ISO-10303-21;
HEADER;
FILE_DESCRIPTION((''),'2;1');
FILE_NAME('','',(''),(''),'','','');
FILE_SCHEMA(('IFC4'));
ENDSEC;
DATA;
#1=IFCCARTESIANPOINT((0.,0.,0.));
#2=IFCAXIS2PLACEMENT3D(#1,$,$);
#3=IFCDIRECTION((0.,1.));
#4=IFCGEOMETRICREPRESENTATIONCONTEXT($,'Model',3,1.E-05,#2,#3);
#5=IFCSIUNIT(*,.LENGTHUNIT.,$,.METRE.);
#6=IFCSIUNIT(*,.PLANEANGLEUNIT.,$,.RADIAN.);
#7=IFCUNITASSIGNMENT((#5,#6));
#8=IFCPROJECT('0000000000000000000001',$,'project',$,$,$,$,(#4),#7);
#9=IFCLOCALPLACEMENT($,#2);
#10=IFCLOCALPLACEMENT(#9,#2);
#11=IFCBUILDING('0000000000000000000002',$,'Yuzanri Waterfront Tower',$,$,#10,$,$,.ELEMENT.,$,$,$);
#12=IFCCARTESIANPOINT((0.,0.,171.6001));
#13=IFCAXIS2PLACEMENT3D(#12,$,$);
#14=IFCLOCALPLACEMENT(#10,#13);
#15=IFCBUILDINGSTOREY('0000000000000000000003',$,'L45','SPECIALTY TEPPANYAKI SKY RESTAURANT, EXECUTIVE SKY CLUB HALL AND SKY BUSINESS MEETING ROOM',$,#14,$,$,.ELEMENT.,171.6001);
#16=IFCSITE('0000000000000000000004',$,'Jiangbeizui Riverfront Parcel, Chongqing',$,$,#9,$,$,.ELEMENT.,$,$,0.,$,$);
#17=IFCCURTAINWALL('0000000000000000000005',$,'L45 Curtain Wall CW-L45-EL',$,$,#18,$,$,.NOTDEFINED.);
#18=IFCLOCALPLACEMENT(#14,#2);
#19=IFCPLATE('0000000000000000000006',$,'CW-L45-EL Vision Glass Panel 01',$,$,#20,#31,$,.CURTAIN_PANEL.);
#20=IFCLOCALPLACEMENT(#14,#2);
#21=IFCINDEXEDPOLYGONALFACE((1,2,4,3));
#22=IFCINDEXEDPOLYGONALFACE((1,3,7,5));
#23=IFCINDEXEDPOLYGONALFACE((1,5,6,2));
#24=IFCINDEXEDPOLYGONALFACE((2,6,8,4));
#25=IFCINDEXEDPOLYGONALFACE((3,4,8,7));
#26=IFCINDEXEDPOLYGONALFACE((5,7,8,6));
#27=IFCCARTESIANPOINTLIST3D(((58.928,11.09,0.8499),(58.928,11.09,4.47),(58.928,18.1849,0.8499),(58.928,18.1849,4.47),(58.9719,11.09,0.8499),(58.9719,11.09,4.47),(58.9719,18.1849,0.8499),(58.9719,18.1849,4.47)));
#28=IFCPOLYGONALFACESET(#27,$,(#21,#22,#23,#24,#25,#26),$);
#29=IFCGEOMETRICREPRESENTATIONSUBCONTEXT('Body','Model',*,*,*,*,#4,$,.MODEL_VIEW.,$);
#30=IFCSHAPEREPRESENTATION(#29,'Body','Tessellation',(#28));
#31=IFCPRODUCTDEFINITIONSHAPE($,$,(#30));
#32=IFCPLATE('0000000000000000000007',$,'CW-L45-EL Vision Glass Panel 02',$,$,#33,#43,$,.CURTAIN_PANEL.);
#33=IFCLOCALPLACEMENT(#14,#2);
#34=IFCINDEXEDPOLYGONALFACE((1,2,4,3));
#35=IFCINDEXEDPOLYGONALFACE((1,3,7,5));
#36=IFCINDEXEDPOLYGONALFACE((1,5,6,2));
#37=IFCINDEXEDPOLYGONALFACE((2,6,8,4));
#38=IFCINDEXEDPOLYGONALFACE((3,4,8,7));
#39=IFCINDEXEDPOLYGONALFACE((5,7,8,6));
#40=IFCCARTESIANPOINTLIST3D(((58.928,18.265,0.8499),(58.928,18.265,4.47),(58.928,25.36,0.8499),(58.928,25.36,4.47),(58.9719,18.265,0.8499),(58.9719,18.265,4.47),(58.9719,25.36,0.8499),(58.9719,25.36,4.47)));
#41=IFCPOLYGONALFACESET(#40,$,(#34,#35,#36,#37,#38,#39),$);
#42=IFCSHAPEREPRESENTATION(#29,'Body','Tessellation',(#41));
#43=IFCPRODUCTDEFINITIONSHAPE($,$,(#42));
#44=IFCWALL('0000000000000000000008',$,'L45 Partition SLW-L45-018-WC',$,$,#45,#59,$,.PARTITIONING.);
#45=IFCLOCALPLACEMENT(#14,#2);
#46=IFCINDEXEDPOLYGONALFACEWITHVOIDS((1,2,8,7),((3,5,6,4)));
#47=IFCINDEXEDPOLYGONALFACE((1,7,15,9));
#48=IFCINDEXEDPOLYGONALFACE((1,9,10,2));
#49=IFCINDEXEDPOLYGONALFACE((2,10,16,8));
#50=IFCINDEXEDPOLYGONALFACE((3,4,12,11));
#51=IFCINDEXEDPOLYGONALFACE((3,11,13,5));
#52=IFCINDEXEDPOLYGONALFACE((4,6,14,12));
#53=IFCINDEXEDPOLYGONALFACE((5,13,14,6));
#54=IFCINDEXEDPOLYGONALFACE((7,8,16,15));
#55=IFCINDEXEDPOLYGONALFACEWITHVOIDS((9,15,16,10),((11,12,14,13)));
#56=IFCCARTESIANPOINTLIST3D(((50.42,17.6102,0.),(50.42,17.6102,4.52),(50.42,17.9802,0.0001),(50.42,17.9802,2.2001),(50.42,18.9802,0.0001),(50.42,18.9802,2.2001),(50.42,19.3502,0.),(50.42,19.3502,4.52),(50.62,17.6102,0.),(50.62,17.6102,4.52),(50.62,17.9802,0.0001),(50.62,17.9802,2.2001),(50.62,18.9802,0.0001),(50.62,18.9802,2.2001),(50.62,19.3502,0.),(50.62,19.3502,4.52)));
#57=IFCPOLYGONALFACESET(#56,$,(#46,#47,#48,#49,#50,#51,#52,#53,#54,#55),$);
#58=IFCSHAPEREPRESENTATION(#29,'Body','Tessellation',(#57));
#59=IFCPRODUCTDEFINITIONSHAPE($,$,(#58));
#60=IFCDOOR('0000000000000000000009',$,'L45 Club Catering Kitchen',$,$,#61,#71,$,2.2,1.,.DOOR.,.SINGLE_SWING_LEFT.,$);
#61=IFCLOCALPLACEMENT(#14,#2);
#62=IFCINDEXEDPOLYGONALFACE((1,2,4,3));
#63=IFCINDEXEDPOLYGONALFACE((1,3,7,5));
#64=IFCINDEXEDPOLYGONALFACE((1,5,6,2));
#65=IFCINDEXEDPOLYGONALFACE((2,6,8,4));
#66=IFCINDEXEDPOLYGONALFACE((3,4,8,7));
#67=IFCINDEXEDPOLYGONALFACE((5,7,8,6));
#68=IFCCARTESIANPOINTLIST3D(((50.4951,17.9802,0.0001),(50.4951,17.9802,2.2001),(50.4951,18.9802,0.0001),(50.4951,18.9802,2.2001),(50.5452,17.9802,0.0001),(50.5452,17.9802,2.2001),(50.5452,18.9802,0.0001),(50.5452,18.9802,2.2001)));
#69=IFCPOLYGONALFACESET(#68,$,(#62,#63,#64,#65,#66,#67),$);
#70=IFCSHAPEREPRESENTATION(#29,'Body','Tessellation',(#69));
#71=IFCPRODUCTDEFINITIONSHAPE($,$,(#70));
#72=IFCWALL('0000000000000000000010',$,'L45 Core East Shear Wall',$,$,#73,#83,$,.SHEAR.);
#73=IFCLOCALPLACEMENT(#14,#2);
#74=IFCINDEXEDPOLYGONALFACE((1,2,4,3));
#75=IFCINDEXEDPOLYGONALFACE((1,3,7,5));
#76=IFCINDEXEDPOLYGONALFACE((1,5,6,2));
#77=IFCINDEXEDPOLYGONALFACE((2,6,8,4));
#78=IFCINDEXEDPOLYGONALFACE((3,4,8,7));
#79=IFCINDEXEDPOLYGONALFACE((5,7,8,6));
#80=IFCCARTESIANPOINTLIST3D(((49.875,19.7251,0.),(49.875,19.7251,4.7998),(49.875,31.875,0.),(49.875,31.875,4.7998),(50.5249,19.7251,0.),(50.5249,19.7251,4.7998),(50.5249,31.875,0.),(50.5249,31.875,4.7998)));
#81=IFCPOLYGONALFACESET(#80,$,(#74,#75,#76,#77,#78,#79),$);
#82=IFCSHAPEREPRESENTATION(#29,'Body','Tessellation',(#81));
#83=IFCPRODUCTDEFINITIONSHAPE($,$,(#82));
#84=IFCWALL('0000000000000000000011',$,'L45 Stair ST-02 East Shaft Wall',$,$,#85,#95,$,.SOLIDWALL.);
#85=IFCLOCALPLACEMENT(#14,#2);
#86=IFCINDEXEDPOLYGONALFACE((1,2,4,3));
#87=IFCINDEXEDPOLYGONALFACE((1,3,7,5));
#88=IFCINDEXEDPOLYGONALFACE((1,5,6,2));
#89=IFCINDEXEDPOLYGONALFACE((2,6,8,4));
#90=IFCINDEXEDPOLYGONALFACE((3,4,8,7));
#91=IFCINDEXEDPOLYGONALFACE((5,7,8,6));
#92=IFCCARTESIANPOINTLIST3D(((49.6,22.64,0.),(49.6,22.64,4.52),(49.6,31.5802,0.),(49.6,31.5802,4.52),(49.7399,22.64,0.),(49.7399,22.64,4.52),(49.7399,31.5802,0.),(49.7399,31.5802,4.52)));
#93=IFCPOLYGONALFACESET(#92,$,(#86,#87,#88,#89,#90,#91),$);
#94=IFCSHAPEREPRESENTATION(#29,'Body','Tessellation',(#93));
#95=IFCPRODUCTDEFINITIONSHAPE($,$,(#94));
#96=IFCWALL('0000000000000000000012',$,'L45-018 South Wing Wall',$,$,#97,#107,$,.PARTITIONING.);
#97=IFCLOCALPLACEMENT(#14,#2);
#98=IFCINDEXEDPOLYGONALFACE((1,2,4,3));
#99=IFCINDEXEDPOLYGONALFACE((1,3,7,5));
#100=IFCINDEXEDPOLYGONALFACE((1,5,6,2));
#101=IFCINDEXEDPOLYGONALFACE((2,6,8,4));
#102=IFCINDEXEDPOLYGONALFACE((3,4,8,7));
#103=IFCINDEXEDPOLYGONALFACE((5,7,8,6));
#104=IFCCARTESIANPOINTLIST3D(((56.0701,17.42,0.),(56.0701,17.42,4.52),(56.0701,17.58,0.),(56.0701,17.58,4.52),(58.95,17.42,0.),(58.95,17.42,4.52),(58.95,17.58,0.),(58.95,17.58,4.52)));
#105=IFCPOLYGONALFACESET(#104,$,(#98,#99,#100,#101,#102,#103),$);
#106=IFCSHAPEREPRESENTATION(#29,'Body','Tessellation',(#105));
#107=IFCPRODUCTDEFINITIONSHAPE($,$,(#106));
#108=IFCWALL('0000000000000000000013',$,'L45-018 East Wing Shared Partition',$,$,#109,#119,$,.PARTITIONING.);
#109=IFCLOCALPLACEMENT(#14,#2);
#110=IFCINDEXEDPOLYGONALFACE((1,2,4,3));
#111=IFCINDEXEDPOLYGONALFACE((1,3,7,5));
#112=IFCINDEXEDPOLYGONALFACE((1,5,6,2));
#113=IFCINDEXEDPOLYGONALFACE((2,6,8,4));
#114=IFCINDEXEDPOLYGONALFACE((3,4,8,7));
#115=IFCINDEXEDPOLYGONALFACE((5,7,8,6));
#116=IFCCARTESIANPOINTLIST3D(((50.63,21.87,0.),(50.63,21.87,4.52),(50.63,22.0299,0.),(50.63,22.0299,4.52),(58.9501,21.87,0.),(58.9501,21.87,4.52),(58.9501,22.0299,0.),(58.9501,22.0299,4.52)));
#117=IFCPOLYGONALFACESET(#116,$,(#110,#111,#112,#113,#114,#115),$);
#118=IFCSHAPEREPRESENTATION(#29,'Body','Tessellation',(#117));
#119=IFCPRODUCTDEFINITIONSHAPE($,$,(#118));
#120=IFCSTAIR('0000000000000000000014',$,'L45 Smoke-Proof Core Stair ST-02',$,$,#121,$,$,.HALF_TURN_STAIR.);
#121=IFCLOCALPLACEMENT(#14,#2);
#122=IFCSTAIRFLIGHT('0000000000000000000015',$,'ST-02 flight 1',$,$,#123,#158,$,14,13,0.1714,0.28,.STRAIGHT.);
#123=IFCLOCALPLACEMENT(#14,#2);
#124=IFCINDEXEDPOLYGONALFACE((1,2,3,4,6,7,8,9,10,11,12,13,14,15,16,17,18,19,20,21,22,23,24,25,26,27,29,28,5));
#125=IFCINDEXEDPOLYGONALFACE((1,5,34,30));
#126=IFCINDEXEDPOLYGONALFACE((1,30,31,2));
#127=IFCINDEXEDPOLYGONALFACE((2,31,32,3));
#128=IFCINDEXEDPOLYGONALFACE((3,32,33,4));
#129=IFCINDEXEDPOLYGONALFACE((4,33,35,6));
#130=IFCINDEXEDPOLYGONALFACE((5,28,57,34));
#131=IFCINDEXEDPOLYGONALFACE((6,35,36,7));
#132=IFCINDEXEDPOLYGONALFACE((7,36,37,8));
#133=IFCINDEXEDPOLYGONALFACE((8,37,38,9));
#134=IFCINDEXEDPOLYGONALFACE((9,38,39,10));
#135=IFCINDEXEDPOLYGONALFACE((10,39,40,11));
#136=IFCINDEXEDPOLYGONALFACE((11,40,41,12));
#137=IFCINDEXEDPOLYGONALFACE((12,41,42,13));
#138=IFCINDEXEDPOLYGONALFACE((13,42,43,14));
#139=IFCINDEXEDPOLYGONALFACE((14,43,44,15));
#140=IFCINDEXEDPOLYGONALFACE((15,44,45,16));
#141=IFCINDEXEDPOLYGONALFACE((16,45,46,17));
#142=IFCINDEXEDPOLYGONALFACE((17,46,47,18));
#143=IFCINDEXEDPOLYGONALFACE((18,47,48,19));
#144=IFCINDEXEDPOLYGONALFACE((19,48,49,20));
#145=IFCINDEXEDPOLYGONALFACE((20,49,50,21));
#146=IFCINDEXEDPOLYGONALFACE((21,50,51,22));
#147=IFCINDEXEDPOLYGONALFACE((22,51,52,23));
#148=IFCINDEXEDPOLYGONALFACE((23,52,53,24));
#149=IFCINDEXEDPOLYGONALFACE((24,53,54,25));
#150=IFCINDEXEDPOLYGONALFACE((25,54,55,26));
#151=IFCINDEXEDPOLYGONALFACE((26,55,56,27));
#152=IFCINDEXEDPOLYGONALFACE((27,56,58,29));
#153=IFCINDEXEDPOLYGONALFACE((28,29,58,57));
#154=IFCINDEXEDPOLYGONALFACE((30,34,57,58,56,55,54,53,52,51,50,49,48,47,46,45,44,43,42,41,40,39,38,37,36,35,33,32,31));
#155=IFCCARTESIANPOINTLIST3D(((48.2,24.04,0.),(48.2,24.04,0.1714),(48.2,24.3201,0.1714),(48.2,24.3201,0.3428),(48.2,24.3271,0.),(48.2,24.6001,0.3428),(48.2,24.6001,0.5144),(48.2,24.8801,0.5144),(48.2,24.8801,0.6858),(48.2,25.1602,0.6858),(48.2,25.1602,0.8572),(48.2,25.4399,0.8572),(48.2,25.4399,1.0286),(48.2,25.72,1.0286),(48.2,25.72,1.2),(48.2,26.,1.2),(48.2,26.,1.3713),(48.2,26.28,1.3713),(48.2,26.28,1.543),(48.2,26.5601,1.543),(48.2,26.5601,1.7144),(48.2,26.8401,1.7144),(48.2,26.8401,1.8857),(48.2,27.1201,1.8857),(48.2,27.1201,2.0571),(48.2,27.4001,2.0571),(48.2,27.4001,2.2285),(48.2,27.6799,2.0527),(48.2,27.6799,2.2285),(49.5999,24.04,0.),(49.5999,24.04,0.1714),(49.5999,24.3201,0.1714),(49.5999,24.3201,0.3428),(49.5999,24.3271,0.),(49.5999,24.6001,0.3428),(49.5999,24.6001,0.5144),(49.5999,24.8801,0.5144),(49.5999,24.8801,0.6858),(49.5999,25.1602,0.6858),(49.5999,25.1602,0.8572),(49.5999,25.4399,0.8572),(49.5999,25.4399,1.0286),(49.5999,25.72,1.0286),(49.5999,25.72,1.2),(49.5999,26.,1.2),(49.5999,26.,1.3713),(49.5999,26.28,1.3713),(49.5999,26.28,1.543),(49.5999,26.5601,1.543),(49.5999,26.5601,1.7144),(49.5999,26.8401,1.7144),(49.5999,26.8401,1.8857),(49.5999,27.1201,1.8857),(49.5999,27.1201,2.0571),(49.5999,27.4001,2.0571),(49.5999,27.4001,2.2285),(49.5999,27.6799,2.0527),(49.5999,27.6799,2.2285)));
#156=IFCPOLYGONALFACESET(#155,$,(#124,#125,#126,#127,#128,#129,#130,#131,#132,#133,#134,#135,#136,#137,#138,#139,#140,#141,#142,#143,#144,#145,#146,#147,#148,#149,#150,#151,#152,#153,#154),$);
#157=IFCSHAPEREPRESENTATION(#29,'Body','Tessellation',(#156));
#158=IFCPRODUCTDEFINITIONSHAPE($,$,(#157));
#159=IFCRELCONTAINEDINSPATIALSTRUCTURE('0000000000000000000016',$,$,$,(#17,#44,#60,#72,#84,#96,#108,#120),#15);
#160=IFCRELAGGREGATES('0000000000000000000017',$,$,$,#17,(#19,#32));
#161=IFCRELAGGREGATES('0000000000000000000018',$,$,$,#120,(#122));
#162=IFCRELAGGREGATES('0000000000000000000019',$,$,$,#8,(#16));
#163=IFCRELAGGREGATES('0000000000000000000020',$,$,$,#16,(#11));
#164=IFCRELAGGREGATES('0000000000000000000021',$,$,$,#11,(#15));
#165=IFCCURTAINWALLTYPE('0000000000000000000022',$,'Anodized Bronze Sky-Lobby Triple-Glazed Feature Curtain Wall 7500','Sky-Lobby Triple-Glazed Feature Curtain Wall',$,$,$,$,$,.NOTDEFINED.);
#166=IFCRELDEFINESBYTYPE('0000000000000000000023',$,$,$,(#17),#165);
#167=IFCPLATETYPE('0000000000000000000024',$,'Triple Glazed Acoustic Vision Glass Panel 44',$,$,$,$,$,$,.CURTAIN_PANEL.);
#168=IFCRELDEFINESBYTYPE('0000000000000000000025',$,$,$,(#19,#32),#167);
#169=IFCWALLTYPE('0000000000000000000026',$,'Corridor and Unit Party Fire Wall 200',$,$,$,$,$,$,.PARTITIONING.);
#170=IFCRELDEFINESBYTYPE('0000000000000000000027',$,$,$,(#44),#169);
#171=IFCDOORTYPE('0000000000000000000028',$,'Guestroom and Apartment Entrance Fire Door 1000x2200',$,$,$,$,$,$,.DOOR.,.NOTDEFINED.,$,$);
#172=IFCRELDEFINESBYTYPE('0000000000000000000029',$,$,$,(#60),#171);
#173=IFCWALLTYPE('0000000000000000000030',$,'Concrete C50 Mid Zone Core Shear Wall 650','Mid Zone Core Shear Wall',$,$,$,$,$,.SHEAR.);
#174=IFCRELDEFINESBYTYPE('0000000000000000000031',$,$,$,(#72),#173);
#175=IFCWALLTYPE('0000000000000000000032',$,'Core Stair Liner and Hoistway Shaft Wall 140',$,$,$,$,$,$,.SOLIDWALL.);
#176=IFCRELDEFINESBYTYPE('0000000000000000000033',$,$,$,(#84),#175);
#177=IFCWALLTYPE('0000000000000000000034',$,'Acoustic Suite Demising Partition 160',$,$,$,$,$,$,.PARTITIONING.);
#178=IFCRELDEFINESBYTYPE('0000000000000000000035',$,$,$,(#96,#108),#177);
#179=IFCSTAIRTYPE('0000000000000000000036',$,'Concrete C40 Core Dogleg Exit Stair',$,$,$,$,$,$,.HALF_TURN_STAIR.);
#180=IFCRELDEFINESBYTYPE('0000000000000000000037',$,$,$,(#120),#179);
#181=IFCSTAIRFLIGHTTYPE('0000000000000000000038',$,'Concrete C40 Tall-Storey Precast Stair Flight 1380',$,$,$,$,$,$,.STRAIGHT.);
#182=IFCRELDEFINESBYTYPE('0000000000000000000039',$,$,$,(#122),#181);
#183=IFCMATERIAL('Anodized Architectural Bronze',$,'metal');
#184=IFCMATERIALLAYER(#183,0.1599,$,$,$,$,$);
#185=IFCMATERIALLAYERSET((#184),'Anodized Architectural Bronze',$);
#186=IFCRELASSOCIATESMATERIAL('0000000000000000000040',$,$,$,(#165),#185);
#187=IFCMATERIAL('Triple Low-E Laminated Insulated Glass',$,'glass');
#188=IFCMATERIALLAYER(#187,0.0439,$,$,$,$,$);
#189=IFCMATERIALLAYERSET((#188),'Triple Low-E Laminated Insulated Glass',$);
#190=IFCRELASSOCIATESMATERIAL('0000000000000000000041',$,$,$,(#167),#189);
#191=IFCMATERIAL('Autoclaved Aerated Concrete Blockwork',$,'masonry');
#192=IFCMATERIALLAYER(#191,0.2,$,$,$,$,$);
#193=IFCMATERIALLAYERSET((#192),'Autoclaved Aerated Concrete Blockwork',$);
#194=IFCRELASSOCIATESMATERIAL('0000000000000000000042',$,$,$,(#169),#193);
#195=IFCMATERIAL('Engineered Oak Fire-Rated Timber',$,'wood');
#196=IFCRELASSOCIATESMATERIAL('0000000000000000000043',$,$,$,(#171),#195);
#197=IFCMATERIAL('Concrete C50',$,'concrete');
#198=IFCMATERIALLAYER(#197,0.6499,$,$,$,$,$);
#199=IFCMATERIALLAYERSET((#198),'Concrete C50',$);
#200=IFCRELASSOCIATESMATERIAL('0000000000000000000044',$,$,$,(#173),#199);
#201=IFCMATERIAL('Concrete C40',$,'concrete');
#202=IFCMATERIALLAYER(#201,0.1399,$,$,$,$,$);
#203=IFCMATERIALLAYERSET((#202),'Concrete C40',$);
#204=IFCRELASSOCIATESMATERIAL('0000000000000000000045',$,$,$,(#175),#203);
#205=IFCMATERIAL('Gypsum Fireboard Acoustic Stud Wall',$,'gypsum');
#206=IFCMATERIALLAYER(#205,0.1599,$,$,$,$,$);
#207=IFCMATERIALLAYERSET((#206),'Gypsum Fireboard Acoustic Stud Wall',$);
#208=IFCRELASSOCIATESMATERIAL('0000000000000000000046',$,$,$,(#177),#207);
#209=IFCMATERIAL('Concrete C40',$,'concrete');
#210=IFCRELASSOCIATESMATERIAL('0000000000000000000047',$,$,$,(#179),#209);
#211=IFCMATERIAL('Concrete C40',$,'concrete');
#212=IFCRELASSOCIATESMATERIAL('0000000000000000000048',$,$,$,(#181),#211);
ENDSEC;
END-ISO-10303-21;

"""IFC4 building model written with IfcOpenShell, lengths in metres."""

from ifc_helpers import new_model, si_unit, direction, frame, frame_2d, origin, origin_2d, place, context, subcontext, project, spatial, polyline, rectangle, outline, extrude, source, transform, mapped, material, layer, layer_set, type_object, element, fill, aggregate, save


model = new_model("IFC4")

# Units and contexts
model_context = context("Model", 3, precision=1e-05, world=origin(), true_north=direction((0.0, 1.0)))
body_context = subcontext(model_context, "Body", "Model", "MODEL_VIEW")
ifc_project = project(units=[si_unit("LENGTHUNIT", "METRE"), si_unit("PLANEANGLEUNIT", "RADIAN")], contexts=[model_context])

# Site, building, storey
site_placement = place(None, origin())
site = spatial("IfcSite", under=ifc_project, at=site_placement, Name="Jiangbeizui Riverfront Parcel, Chongqing", CompositionType="ELEMENT", RefElevation=0.0)
building_placement = place(site_placement, origin())
building = spatial("IfcBuilding", under=site, at=building_placement, Name="Yuzanri Waterfront Tower", CompositionType="ELEMENT")
storey_placement = place(building_placement, frame((0.0, 0.0, 171.6001)))
storey = spatial("IfcBuildingStorey", under=building, at=storey_placement, Name="L45", Description="SPECIALTY TEPPANYAKI SKY RESTAURANT, EXECUTIVE SKY CLUB HALL AND SKY BUSINESS MEETING ROOM", CompositionType="ELEMENT", Elevation=171.6001)

# Curtain wall, plates
ifc_material_1 = material(Name="Anodized Architectural Bronze", Category="metal")
ifc_layer_1 = layer(ifc_material_1, 0.1599)
ifc_layer_set_1 = layer_set([ifc_layer_1], Name="Anodized Architectural Bronze")
curtain_wall_type = type_object("IfcCurtainWallType", Name="Anodized Bronze Sky-Lobby Triple-Glazed Feature Curtain Wall 7500", Description="Sky-Lobby Triple-Glazed Feature Curtain Wall", PredefinedType="NOTDEFINED", material=ifc_layer_set_1)
curtain_wall_placement = place(storey_placement, origin())
curtain_wall = element("IfcCurtainWall", 1, at=curtain_wall_placement, inside=storey, type_object=curtain_wall_type, Name="L45 Curtain Wall CW-L45-EL", PredefinedType="NOTDEFINED")
ifc_material_2 = material(Name="Triple Low-E Laminated Insulated Glass", Category="glass")
ifc_layer_2 = layer(ifc_material_2, 0.0439)
ifc_layer_set_2 = layer_set([ifc_layer_2], Name="Triple Low-E Laminated Insulated Glass")
plate_type_1 = type_object("IfcPlateType", Name="Triple Glazed Acoustic Vision Glass Panel 44", PredefinedType="CURTAIN_PANEL", material=ifc_layer_set_2)
shared_shape_1 = source(origin(), body_context, "Body", "SweptSolid", [
    extrude(rectangle(XDim=7.095, YDim=0.0439, at=origin_2d()), origin(), (0.0, 0.0, 1.0), 3.6201),
])
plate_1_placement = place(storey_placement, frame((58.95, 14.6375, 0.8499), z_axis=(0.0, 0.0, 1.0), x_axis=(0.0, 1.0, 0.0)))
plate_1 = element("IfcPlate", 2, at=plate_1_placement, type_object=plate_type_1, Name="CW-L45-EL Vision Glass Panel 01", PredefinedType="CURTAIN_PANEL", context=body_context, shape_type="MappedRepresentation", body=[
    mapped(shared_shape_1, transform((0.0, 0.0, 0.0), scale=1.0)),
])
plate_2_placement = place(storey_placement, frame((58.95, 21.8125, 0.8499), z_axis=(0.0, 0.0, 1.0), x_axis=(0.0, 1.0, 0.0)))
plate_2 = element("IfcPlate", 3, at=plate_2_placement, type_object=plate_type_1, Name="CW-L45-EL Vision Glass Panel 02", PredefinedType="CURTAIN_PANEL", context=body_context, shape_type="MappedRepresentation", body=[
    mapped(shared_shape_1, transform((0.0, 0.0, 0.0), scale=1.0)),
])
aggregate(curtain_wall, [plate_1, plate_2])

# Wall, opening, door
ifc_material_3 = material(Name="Autoclaved Aerated Concrete Blockwork", Category="masonry")
ifc_layer_3 = layer(ifc_material_3, 0.2)
ifc_layer_set_3 = layer_set([ifc_layer_3], Name="Autoclaved Aerated Concrete Blockwork")
wall_type_1 = type_object("IfcWallType", Name="Corridor and Unit Party Fire Wall 200", PredefinedType="PARTITIONING", material=ifc_layer_set_3)
wall_1_placement = place(storey_placement, frame((50.52, 17.6101, 0.0), z_axis=(0.0, 0.0, 1.0), x_axis=(0.0, 1.0, 0.0)))
wall_1 = element("IfcWall", 4, at=wall_1_placement, inside=storey, type_object=wall_type_1, Name="L45 Partition SLW-L45-018-WC", PredefinedType="PARTITIONING", context=body_context, shape_type="SweptSolid", body=[
    extrude(rectangle(XDim=1.74, YDim=0.2, at=frame_2d((0.8701, 0.0))), origin(), (0.0, 0.0, 1.0), 4.52),
])
opening_placement = place(wall_1_placement, frame((0.3701, 0.0, 0.0)))
opening = element("IfcOpeningElement", 5, at=opening_placement, cuts=wall_1, PredefinedType="OPENING", context=body_context, shape_type="SweptSolid", body=[
    extrude(rectangle(XDim=1.0, YDim=2.2, at=frame_2d((0.5, 1.1001))), frame((0.0, 0.1147, 0.0), z_axis=(0.0, -1.0, 0.0), x_axis=(1.0, 0.0, 0.0)), (0.0, 0.0, 1.0), 0.2297),
])
ifc_material_4 = material(Name="Engineered Oak Fire-Rated Timber", Category="wood")
door_type = type_object("IfcDoorType", Name="Guestroom and Apartment Entrance Fire Door 1000x2200", OperationType="NOTDEFINED", PredefinedType="DOOR", material=ifc_material_4)
shared_shape_2 = source(origin(), body_context, "Body", "SweptSolid", [
    extrude(rectangle(XDim=1.0, YDim=2.2, at=frame_2d((0.5, 1.1001))), frame((0.0, 0.0249, 0.0), z_axis=(0.0, -1.0, 0.0), x_axis=(1.0, 0.0, 0.0)), (0.0, 0.0, 1.0), 0.05),
])
door_placement = place(opening_placement, origin())
door = element("IfcDoor", 6, at=door_placement, inside=storey, type_object=door_type, Name="L45 Club Catering Kitchen", OperationType="SINGLE_SWING_LEFT", OverallHeight=2.2, OverallWidth=1.0, PredefinedType="DOOR", context=body_context, shape_type="MappedRepresentation", body=[
    mapped(shared_shape_2, transform((0.0, 0.0, 0.0), scale=1.0)),
])
fill(opening, door)

# Walls
ifc_material_5 = material(Name="Concrete C50", Category="concrete")
ifc_layer_4 = layer(ifc_material_5, 0.6499)
ifc_layer_set_4 = layer_set([ifc_layer_4], Name="Concrete C50")
wall_type_2 = type_object("IfcWallType", Name="Concrete C50 Mid Zone Core Shear Wall 650", Description="Mid Zone Core Shear Wall", PredefinedType="SHEAR", material=ifc_layer_set_4)
shared_shape_3 = source(origin(), body_context, "Body", "SweptSolid", [
    extrude(rectangle(XDim=12.1499, YDim=0.6499, at=frame_2d((6.075, 0.0))), origin(), (0.0, 0.0, 1.0), 4.7998),
])
wall_2_placement = place(storey_placement, frame((50.2, 19.7251, 0.0), z_axis=(0.0, 0.0, 1.0), x_axis=(0.0, 1.0, 0.0)))
element("IfcWall", 7, at=wall_2_placement, inside=storey, type_object=wall_type_2, Name="L45 Core East Shear Wall", PredefinedType="SHEAR", context=body_context, shape_type="MappedRepresentation", body=[
    mapped(shared_shape_3, transform((0.0, 0.0, 0.0), scale=1.0)),
])
ifc_material_6 = material(Name="Concrete C40", Category="concrete")
ifc_layer_5 = layer(ifc_material_6, 0.1399)
ifc_layer_set_5 = layer_set([ifc_layer_5], Name="Concrete C40")
wall_type_3 = type_object("IfcWallType", Name="Core Stair Liner and Hoistway Shaft Wall 140", PredefinedType="SOLIDWALL", material=ifc_layer_set_5)
shared_shape_4 = source(origin(), body_context, "Body", "SweptSolid", [
    extrude(rectangle(XDim=8.9402, YDim=0.1399, at=frame_2d((4.4702, 0.0))), origin(), (0.0, 0.0, 1.0), 4.52),
])
wall_3_placement = place(storey_placement, frame((49.6699, 22.6399, 0.0), z_axis=(0.0, 0.0, 1.0), x_axis=(0.0, 1.0, 0.0)))
element("IfcWall", 8, at=wall_3_placement, inside=storey, type_object=wall_type_3, Name="L45 Stair ST-02 East Shaft Wall", PredefinedType="SOLIDWALL", context=body_context, shape_type="MappedRepresentation", body=[
    mapped(shared_shape_4, transform((0.0, 0.0, 0.0), scale=1.0)),
])
ifc_material_7 = material(Name="Gypsum Fireboard Acoustic Stud Wall", Category="gypsum")
ifc_layer_6 = layer(ifc_material_7, 0.1599)
ifc_layer_set_6 = layer_set([ifc_layer_6], Name="Gypsum Fireboard Acoustic Stud Wall")
wall_type_4 = type_object("IfcWallType", Name="Acoustic Suite Demising Partition 160", PredefinedType="PARTITIONING", material=ifc_layer_set_6)
shared_shape_5 = source(origin(), body_context, "Body", "SweptSolid", [
    extrude(rectangle(XDim=2.8799, YDim=0.1599, at=frame_2d((1.4399, 0.0))), origin(), (0.0, 0.0, 1.0), 4.52),
])
wall_4_placement = place(storey_placement, frame((56.0701, 17.5, 0.0), z_axis=(0.0, 0.0, 1.0), x_axis=(1.0, 0.0, 0.0)))
element("IfcWall", 9, at=wall_4_placement, inside=storey, type_object=wall_type_4, Name="L45-018 South Wing Wall", PredefinedType="PARTITIONING", context=body_context, shape_type="MappedRepresentation", body=[
    mapped(shared_shape_5, transform((0.0, 0.0, 0.0), scale=1.0)),
])
shared_shape_6 = source(origin(), body_context, "Body", "SweptSolid", [
    extrude(rectangle(XDim=8.3201, YDim=0.1599, at=frame_2d((4.1602, 0.0))), origin(), (0.0, 0.0, 1.0), 4.52),
])
wall_5_placement = place(storey_placement, frame((50.6299, 21.95, 0.0), z_axis=(0.0, 0.0, 1.0), x_axis=(1.0, 0.0, 0.0)))
element("IfcWall", 10, at=wall_5_placement, inside=storey, type_object=wall_type_4, Name="L45-018 East Wing Shared Partition", PredefinedType="PARTITIONING", context=body_context, shape_type="MappedRepresentation", body=[
    mapped(shared_shape_6, transform((0.0, 0.0, 0.0), scale=1.0)),
])

# Stair, stair flight
ifc_material_8 = material(Name="Concrete C40", Category="concrete")
stair_type = type_object("IfcStairType", Name="Concrete C40 Core Dogleg Exit Stair", PredefinedType="HALF_TURN_STAIR", material=ifc_material_8)
stair_placement = place(storey_placement, origin())
stair = element("IfcStair", 11, at=stair_placement, inside=storey, type_object=stair_type, Name="L45 Smoke-Proof Core Stair ST-02", PredefinedType="HALF_TURN_STAIR")
ifc_material_9 = material(Name="Concrete C40", Category="concrete")
stair_flight_type = type_object("IfcStairFlightType", Name="Concrete C40 Tall-Storey Precast Stair Flight 1380", PredefinedType="STRAIGHT", material=ifc_material_9)
shared_shape_7 = source(origin(), body_context, "Body", "SweptSolid", [
    extrude(outline(polyline([(0.0, 0.0), (0.0, 0.1714), (0.28, 0.1714), (0.28, 0.3428), (0.5601, 0.3428), (0.5601, 0.5144), (0.8401, 0.5144), (0.8401, 0.6858), (1.1201, 0.6858), (1.1201, 0.8572), (1.3999, 0.8572), (1.3999, 1.0286), (1.6799, 1.0286), (1.6799, 1.2), (1.96, 1.2), (1.96, 1.3713), (2.24, 1.3713), (2.24, 1.543), (2.52, 1.543), (2.52, 1.7144), (2.8, 1.7144), (2.8, 1.8857), (3.0801, 1.8857), (3.0801, 2.0571), (3.3601, 2.0571), (3.3601, 2.2285), (3.6399, 2.2285), (3.6399, 2.3999), (3.6399, 2.0527), (0.2871, 0.0), (0.0, 0.0)])), frame((0.0, 0.7, 0.0), z_axis=(0.0, -1.0, 0.0), x_axis=(1.0, 0.0, 0.0)), (0.0, 0.0, 1.0), 1.3999),
])
stair_flight_placement = place(storey_placement, frame((48.8999, 24.04, 0.0), z_axis=(0.0, 0.0, 1.0), x_axis=(0.0, 1.0, 0.0)))
stair_flight = element("IfcStairFlight", 12, at=stair_flight_placement, type_object=stair_flight_type, Name="ST-02 flight 1", NumberOfRisers=14, NumberOfTreads=13, PredefinedType="STRAIGHT", RiserHeight=0.1714, TreadLength=0.28, context=body_context, shape_type="MappedRepresentation", body=[
    mapped(shared_shape_7, transform((0.0, 0.0, 0.0), scale=1.0)),
])
aggregate(stair, [stair_flight])

save(model, "model.ifc")
